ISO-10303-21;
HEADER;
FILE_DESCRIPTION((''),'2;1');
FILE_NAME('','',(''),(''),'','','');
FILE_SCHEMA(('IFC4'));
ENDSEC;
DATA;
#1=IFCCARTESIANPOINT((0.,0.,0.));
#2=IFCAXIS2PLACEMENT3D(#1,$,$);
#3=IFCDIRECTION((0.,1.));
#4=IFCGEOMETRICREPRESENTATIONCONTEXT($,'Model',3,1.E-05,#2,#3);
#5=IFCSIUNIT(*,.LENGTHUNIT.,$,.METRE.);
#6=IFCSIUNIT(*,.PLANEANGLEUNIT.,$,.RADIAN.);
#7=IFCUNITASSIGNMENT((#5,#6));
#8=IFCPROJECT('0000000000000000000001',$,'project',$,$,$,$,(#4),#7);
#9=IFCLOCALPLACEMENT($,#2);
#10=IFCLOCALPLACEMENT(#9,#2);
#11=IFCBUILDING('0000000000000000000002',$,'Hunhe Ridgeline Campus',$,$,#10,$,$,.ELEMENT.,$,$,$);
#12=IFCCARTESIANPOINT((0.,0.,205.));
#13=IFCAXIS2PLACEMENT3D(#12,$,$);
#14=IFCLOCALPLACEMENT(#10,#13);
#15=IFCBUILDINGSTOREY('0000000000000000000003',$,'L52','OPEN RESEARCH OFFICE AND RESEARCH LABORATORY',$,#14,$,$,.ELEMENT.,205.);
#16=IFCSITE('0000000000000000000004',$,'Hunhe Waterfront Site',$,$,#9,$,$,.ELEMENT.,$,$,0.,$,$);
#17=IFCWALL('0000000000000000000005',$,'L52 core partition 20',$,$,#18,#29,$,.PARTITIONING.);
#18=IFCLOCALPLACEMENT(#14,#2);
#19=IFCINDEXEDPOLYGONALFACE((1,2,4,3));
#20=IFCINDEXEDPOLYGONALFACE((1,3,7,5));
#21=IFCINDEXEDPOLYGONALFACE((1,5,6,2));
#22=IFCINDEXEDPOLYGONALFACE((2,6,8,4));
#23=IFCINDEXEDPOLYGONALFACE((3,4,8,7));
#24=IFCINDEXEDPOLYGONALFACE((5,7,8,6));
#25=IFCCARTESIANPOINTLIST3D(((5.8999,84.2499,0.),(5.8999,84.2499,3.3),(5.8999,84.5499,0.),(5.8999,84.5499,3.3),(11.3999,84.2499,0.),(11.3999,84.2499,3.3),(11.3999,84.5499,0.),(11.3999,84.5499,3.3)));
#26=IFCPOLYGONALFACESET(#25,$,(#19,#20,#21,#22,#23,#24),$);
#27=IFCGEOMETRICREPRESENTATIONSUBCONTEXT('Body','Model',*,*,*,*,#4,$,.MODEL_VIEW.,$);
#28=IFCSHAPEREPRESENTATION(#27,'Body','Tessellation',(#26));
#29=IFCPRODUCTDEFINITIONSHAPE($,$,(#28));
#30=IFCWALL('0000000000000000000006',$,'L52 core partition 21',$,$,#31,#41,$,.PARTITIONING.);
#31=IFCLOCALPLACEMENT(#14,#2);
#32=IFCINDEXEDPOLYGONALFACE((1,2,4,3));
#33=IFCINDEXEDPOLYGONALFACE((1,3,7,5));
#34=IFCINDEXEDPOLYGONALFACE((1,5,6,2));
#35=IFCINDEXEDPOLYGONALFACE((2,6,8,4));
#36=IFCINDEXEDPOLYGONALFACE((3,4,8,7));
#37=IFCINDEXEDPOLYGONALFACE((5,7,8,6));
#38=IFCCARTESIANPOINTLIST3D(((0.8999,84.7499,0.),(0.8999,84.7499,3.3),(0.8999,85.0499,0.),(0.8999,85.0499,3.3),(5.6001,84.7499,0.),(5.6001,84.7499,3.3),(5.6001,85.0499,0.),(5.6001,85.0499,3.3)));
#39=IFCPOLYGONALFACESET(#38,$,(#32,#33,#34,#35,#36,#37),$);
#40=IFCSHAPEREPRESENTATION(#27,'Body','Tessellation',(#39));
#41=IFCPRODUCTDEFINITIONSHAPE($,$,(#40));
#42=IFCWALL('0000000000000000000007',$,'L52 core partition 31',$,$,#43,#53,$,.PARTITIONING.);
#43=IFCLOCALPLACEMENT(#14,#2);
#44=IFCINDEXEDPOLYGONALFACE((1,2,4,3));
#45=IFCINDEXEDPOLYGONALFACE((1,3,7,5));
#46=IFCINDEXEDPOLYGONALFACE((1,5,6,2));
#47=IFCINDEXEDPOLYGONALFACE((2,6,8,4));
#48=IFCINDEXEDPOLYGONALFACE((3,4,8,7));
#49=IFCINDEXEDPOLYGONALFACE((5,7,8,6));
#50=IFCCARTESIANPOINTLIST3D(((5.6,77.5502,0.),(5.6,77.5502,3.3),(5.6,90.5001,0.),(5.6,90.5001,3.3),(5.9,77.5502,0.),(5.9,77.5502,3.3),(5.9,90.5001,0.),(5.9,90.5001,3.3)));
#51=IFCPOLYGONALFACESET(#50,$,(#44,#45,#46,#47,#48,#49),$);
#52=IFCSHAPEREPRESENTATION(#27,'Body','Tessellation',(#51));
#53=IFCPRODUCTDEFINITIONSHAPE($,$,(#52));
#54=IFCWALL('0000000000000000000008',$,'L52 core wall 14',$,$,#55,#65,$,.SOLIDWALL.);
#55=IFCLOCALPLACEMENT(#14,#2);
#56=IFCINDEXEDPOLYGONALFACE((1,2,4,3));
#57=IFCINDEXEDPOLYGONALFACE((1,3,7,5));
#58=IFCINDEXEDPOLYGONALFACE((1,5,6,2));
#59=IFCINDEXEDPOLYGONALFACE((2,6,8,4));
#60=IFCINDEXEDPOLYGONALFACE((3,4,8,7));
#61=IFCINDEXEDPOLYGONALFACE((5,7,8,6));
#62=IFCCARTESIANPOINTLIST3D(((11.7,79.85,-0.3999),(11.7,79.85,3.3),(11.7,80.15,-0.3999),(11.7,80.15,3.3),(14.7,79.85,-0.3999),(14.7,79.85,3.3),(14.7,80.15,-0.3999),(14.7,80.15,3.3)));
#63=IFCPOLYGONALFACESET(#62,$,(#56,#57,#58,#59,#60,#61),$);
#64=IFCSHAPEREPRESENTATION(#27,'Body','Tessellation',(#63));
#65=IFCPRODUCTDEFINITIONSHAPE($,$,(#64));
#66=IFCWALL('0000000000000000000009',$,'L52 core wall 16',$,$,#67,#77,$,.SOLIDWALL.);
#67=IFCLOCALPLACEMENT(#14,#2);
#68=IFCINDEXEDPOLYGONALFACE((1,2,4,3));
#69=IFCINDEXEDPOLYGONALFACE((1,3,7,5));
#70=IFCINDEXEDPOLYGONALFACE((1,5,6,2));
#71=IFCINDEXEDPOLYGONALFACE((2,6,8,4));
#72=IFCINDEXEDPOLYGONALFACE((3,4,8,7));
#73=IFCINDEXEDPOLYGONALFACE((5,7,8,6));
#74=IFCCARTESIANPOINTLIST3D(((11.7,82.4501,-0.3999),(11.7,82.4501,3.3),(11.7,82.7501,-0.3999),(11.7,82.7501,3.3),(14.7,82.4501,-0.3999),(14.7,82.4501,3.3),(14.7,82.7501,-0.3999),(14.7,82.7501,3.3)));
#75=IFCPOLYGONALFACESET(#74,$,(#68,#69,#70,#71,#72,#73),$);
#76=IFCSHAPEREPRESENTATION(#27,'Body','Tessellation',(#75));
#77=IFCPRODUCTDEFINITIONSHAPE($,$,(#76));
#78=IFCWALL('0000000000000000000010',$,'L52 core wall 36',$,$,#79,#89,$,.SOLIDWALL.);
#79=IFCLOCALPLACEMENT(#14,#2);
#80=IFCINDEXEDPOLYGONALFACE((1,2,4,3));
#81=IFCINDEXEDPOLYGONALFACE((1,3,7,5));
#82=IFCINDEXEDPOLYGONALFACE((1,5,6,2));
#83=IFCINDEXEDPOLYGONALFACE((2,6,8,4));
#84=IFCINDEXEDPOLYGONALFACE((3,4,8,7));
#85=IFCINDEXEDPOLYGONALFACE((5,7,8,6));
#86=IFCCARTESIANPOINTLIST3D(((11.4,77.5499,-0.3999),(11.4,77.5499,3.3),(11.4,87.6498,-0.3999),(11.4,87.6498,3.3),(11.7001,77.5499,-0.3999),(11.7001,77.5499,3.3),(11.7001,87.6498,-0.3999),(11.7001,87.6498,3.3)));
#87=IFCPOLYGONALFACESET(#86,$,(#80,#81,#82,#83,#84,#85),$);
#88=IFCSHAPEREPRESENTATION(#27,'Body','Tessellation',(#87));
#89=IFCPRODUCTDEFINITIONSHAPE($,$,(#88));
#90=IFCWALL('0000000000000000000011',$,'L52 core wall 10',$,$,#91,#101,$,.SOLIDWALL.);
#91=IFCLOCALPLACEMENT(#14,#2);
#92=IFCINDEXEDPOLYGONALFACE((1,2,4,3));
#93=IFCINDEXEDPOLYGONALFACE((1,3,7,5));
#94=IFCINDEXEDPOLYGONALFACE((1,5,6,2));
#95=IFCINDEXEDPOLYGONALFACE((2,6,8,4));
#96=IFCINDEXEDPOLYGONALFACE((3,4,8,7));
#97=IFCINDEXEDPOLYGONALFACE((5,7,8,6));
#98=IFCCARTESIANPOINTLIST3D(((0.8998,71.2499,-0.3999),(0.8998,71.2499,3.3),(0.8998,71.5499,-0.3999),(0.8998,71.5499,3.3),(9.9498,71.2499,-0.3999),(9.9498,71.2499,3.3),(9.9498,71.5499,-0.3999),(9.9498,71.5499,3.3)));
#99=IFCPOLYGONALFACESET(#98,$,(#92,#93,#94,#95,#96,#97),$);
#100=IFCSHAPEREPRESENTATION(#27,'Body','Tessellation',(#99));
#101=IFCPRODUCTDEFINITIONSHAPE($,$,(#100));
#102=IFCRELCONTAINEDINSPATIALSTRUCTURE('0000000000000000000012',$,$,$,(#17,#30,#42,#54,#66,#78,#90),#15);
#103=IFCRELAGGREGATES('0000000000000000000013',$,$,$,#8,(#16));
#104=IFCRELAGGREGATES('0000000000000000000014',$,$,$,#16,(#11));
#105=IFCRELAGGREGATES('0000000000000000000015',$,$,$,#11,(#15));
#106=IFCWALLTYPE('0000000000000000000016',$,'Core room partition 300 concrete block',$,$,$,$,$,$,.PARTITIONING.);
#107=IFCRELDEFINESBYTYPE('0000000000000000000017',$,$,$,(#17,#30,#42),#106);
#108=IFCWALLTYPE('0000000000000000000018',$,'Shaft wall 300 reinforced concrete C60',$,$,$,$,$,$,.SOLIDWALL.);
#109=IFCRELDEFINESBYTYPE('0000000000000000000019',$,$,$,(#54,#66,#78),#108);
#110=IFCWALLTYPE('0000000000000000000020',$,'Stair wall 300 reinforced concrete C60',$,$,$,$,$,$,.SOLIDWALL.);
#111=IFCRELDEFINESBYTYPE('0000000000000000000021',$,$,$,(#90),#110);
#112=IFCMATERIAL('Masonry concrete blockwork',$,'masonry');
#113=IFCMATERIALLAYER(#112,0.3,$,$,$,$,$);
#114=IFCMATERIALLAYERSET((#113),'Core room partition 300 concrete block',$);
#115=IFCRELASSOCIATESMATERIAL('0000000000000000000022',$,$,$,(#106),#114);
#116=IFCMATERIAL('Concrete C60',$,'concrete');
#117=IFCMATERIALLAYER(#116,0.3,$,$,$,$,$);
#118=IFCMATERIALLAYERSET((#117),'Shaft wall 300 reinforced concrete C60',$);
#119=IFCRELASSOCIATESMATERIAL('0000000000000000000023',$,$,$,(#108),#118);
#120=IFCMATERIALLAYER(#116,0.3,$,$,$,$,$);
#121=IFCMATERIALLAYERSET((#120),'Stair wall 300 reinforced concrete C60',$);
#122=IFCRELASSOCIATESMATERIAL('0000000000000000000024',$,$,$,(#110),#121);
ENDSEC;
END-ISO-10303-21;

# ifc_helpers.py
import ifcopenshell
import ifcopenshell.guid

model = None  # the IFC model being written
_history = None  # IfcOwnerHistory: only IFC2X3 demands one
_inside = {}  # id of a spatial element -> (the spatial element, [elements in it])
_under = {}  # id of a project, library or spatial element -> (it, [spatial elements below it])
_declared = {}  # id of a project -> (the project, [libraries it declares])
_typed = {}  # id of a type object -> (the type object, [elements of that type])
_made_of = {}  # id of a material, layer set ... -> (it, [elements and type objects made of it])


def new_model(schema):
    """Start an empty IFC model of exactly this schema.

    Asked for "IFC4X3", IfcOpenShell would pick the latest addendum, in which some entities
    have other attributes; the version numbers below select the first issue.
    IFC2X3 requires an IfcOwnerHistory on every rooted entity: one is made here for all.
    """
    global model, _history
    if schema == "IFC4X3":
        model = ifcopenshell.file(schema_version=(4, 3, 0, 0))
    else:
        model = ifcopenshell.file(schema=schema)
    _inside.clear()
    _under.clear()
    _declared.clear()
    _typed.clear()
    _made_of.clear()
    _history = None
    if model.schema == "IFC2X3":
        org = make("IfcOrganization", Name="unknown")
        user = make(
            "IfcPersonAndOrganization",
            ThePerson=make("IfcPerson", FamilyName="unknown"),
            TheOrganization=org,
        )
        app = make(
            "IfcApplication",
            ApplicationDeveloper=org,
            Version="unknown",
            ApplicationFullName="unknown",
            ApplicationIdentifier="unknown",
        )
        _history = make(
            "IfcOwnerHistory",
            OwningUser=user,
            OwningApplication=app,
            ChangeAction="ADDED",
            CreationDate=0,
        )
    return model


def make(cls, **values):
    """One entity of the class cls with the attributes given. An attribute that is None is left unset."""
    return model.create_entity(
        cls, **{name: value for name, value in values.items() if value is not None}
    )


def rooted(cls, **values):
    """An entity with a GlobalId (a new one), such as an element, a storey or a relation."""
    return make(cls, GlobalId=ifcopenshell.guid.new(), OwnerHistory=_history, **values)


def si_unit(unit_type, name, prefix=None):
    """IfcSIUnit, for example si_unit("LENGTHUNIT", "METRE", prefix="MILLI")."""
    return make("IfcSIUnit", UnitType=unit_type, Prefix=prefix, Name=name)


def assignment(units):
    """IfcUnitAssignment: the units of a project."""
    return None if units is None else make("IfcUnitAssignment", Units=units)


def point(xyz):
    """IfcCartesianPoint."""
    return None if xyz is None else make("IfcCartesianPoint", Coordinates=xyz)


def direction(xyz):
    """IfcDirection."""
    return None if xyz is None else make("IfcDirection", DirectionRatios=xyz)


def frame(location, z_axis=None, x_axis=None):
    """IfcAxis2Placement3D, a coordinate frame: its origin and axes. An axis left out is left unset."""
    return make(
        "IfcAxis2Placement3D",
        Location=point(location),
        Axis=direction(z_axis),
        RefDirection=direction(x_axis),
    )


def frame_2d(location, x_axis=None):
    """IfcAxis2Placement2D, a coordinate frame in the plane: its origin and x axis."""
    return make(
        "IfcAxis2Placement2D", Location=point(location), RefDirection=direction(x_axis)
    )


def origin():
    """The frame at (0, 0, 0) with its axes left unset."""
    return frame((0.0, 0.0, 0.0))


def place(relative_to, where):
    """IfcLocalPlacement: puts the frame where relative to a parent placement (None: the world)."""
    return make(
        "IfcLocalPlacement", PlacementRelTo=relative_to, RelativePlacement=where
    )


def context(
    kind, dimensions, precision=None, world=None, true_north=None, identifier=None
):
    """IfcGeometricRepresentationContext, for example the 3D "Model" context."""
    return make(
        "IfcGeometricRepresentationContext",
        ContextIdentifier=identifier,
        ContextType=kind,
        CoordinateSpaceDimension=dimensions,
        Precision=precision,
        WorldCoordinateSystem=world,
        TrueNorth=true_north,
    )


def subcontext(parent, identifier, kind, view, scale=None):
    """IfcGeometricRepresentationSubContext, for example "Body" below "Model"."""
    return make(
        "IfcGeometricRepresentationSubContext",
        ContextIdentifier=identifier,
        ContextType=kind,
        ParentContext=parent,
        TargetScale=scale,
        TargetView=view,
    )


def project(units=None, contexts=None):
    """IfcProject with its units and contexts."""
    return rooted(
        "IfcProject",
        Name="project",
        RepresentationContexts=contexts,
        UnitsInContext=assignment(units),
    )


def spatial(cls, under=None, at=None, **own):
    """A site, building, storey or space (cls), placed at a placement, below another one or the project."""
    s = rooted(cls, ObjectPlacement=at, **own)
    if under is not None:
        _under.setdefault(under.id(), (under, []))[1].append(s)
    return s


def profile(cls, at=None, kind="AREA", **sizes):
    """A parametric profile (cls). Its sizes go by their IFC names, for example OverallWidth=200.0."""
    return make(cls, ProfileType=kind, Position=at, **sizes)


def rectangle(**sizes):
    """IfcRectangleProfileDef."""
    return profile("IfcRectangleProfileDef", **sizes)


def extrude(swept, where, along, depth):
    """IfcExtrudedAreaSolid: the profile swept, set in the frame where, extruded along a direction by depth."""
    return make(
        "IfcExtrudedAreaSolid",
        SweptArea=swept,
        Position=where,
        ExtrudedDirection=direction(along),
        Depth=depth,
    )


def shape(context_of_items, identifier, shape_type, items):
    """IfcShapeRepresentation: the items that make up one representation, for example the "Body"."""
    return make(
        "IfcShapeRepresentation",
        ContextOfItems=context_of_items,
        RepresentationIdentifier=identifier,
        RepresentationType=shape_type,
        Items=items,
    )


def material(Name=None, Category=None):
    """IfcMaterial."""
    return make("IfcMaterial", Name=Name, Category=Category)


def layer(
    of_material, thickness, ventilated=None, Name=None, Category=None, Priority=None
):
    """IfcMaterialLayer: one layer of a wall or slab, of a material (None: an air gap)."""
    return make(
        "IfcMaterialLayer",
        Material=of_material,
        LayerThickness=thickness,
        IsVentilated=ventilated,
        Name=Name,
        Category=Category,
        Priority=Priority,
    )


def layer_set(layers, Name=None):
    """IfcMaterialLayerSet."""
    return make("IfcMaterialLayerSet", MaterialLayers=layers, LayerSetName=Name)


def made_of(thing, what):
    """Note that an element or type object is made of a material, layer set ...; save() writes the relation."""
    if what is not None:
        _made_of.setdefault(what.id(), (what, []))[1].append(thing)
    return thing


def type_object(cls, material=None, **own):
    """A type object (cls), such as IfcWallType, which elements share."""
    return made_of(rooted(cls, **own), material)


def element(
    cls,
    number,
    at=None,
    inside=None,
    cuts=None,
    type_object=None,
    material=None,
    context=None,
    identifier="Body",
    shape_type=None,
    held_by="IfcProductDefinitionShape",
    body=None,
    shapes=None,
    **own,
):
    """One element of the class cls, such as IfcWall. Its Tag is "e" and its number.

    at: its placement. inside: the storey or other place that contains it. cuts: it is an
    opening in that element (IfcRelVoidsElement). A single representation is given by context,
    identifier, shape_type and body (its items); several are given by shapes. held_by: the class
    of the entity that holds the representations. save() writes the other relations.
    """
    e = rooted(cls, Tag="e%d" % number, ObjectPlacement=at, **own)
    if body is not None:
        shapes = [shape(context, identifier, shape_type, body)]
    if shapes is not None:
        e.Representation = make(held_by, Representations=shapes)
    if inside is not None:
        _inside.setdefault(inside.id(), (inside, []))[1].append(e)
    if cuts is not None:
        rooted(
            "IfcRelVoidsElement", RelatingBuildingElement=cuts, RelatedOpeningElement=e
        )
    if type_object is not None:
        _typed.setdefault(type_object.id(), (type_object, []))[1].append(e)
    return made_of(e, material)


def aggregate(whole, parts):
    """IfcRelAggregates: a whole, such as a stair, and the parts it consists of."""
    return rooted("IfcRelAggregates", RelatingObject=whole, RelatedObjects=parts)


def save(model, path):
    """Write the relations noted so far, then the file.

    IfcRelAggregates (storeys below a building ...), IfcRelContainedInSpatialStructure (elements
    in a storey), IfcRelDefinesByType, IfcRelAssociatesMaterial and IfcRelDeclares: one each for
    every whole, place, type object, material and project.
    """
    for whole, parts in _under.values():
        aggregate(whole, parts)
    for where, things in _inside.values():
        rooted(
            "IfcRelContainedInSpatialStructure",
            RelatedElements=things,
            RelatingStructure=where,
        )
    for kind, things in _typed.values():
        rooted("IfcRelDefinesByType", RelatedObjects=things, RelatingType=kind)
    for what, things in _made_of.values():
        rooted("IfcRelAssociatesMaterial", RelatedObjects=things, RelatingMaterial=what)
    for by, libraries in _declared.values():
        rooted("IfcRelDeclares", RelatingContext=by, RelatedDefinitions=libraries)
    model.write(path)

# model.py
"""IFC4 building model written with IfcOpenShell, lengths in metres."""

from ifc_helpers import new_model, si_unit, direction, frame, frame_2d, origin, place, context, subcontext, project, spatial, rectangle, extrude, material, layer, layer_set, type_object, element, save


model = new_model("IFC4")

# Units and contexts
model_context = context("Model", 3, precision=1e-05, world=origin(), true_north=direction((0.0, 1.0)))
body_context = subcontext(model_context, "Body", "Model", "MODEL_VIEW")
ifc_project = project(units=[si_unit("LENGTHUNIT", "METRE"), si_unit("PLANEANGLEUNIT", "RADIAN")], contexts=[model_context])

# Site, building, storey
site_placement = place(None, origin())
site = spatial("IfcSite", under=ifc_project, at=site_placement, Name="Hunhe Waterfront Site", CompositionType="ELEMENT", RefElevation=0.0)
building_placement = place(site_placement, origin())
building = spatial("IfcBuilding", under=site, at=building_placement, Name="Hunhe Ridgeline Campus", CompositionType="ELEMENT")
storey_placement = place(building_placement, frame((0.0, 0.0, 205.0)))
storey = spatial("IfcBuildingStorey", under=building, at=storey_placement, Name="L52", Description="OPEN RESEARCH OFFICE AND RESEARCH LABORATORY", CompositionType="ELEMENT", Elevation=205.0)

# Shared definitions
ifc_material_1 = material(Name="Masonry concrete blockwork", Category="masonry")
ifc_layer_1 = layer(ifc_material_1, 0.3)
ifc_layer_set_1 = layer_set([ifc_layer_1], Name="Core room partition 300 concrete block")
wall_type_1 = type_object("IfcWallType", Name="Core room partition 300 concrete block", PredefinedType="PARTITIONING", material=ifc_layer_set_1)

# Walls
wall_1_placement = place(storey_placement, frame((5.8999, 84.3999, 0.0), z_axis=(0.0, 0.0, 1.0), x_axis=(1.0, 0.0, 0.0)))
element("IfcWall", 1, at=wall_1_placement, inside=storey, type_object=wall_type_1, Name="L52 core partition 20", PredefinedType="PARTITIONING", context=body_context, shape_type="SweptSolid", body=[
    extrude(rectangle(XDim=5.5, YDim=0.3, at=frame_2d((2.75, 0.0))), origin(), (0.0, 0.0, 1.0), 3.3),
])
wall_2_placement = place(storey_placement, frame((0.8999, 84.8999, 0.0), z_axis=(0.0, 0.0, 1.0), x_axis=(1.0, 0.0, 0.0)))
element("IfcWall", 2, at=wall_2_placement, inside=storey, type_object=wall_type_1, Name="L52 core partition 21", PredefinedType="PARTITIONING", context=body_context, shape_type="SweptSolid", body=[
    extrude(rectangle(XDim=4.7002, YDim=0.3, at=frame_2d((2.3501, 0.0))), origin(), (0.0, 0.0, 1.0), 3.3),
])
wall_3_placement = place(storey_placement, frame((5.75, 77.55, 0.0), z_axis=(0.0, 0.0, 1.0), x_axis=(0.0, 1.0, 0.0)))
element("IfcWall", 3, at=wall_3_placement, inside=storey, type_object=wall_type_1, Name="L52 core partition 31", PredefinedType="PARTITIONING", context=body_context, shape_type="SweptSolid", body=[
    extrude(rectangle(XDim=12.95, YDim=0.3, at=frame_2d((6.4751, 0.0))), origin(), (0.0, 0.0, 1.0), 3.3),
])

# Shared definitions
ifc_material_2 = material(Name="Concrete C60", Category="concrete")
ifc_layer_2 = layer(ifc_material_2, 0.3)
ifc_layer_set_2 = layer_set([ifc_layer_2], Name="Shaft wall 300 reinforced concrete C60")
wall_type_2 = type_object("IfcWallType", Name="Shaft wall 300 reinforced concrete C60", PredefinedType="SOLIDWALL", material=ifc_layer_set_2)

# Walls
for number, where, z_axis, x_axis, name in (
    (4, (11.7, 80.0, -0.3999), (0.0, 0.0, 1.0), (1.0, 0.0, 0.0), "L52 core wall 14"),
    (5, (11.7, 82.6001, -0.3999), (0.0, 0.0, 1.0), (1.0, 0.0, 0.0), "L52 core wall 16"),
):
    element("IfcWall", number, at=place(storey_placement, frame(where, z_axis=z_axis, x_axis=x_axis)), inside=storey, type_object=wall_type_2, Name=name, PredefinedType="SOLIDWALL", context=body_context, shape_type="SweptSolid", body=[
        extrude(rectangle(XDim=3.0, YDim=0.3, at=frame_2d((1.5, 0.0))), origin(), (0.0, 0.0, 1.0), 3.7),
    ])
wall_4_placement = place(storey_placement, frame((11.55, 77.55, -0.3999), z_axis=(0.0, 0.0, 1.0), x_axis=(0.0, 1.0, 0.0)))
element("IfcWall", 6, at=wall_4_placement, inside=storey, type_object=wall_type_2, Name="L52 core wall 36", PredefinedType="SOLIDWALL", context=body_context, shape_type="SweptSolid", body=[
    extrude(rectangle(XDim=10.0999, YDim=0.3, at=frame_2d((5.0498, 0.0))), origin(), (0.0, 0.0, 1.0), 3.7),
])
ifc_layer_3 = layer(ifc_material_2, 0.3)
ifc_layer_set_3 = layer_set([ifc_layer_3], Name="Stair wall 300 reinforced concrete C60")
wall_type_3 = type_object("IfcWallType", Name="Stair wall 300 reinforced concrete C60", PredefinedType="SOLIDWALL", material=ifc_layer_set_3)
wall_5_placement = place(storey_placement, frame((0.8999, 71.3999, -0.3999), z_axis=(0.0, 0.0, 1.0), x_axis=(1.0, 0.0, 0.0)))
element("IfcWall", 7, at=wall_5_placement, inside=storey, type_object=wall_type_3, Name="L52 core wall 10", PredefinedType="SOLIDWALL", context=body_context, shape_type="SweptSolid", body=[
    extrude(rectangle(XDim=9.05, YDim=0.3, at=frame_2d((4.5249, 0.0))), origin(), (0.0, 0.0, 1.0), 3.7),
])

save(model, "model.ifc")
